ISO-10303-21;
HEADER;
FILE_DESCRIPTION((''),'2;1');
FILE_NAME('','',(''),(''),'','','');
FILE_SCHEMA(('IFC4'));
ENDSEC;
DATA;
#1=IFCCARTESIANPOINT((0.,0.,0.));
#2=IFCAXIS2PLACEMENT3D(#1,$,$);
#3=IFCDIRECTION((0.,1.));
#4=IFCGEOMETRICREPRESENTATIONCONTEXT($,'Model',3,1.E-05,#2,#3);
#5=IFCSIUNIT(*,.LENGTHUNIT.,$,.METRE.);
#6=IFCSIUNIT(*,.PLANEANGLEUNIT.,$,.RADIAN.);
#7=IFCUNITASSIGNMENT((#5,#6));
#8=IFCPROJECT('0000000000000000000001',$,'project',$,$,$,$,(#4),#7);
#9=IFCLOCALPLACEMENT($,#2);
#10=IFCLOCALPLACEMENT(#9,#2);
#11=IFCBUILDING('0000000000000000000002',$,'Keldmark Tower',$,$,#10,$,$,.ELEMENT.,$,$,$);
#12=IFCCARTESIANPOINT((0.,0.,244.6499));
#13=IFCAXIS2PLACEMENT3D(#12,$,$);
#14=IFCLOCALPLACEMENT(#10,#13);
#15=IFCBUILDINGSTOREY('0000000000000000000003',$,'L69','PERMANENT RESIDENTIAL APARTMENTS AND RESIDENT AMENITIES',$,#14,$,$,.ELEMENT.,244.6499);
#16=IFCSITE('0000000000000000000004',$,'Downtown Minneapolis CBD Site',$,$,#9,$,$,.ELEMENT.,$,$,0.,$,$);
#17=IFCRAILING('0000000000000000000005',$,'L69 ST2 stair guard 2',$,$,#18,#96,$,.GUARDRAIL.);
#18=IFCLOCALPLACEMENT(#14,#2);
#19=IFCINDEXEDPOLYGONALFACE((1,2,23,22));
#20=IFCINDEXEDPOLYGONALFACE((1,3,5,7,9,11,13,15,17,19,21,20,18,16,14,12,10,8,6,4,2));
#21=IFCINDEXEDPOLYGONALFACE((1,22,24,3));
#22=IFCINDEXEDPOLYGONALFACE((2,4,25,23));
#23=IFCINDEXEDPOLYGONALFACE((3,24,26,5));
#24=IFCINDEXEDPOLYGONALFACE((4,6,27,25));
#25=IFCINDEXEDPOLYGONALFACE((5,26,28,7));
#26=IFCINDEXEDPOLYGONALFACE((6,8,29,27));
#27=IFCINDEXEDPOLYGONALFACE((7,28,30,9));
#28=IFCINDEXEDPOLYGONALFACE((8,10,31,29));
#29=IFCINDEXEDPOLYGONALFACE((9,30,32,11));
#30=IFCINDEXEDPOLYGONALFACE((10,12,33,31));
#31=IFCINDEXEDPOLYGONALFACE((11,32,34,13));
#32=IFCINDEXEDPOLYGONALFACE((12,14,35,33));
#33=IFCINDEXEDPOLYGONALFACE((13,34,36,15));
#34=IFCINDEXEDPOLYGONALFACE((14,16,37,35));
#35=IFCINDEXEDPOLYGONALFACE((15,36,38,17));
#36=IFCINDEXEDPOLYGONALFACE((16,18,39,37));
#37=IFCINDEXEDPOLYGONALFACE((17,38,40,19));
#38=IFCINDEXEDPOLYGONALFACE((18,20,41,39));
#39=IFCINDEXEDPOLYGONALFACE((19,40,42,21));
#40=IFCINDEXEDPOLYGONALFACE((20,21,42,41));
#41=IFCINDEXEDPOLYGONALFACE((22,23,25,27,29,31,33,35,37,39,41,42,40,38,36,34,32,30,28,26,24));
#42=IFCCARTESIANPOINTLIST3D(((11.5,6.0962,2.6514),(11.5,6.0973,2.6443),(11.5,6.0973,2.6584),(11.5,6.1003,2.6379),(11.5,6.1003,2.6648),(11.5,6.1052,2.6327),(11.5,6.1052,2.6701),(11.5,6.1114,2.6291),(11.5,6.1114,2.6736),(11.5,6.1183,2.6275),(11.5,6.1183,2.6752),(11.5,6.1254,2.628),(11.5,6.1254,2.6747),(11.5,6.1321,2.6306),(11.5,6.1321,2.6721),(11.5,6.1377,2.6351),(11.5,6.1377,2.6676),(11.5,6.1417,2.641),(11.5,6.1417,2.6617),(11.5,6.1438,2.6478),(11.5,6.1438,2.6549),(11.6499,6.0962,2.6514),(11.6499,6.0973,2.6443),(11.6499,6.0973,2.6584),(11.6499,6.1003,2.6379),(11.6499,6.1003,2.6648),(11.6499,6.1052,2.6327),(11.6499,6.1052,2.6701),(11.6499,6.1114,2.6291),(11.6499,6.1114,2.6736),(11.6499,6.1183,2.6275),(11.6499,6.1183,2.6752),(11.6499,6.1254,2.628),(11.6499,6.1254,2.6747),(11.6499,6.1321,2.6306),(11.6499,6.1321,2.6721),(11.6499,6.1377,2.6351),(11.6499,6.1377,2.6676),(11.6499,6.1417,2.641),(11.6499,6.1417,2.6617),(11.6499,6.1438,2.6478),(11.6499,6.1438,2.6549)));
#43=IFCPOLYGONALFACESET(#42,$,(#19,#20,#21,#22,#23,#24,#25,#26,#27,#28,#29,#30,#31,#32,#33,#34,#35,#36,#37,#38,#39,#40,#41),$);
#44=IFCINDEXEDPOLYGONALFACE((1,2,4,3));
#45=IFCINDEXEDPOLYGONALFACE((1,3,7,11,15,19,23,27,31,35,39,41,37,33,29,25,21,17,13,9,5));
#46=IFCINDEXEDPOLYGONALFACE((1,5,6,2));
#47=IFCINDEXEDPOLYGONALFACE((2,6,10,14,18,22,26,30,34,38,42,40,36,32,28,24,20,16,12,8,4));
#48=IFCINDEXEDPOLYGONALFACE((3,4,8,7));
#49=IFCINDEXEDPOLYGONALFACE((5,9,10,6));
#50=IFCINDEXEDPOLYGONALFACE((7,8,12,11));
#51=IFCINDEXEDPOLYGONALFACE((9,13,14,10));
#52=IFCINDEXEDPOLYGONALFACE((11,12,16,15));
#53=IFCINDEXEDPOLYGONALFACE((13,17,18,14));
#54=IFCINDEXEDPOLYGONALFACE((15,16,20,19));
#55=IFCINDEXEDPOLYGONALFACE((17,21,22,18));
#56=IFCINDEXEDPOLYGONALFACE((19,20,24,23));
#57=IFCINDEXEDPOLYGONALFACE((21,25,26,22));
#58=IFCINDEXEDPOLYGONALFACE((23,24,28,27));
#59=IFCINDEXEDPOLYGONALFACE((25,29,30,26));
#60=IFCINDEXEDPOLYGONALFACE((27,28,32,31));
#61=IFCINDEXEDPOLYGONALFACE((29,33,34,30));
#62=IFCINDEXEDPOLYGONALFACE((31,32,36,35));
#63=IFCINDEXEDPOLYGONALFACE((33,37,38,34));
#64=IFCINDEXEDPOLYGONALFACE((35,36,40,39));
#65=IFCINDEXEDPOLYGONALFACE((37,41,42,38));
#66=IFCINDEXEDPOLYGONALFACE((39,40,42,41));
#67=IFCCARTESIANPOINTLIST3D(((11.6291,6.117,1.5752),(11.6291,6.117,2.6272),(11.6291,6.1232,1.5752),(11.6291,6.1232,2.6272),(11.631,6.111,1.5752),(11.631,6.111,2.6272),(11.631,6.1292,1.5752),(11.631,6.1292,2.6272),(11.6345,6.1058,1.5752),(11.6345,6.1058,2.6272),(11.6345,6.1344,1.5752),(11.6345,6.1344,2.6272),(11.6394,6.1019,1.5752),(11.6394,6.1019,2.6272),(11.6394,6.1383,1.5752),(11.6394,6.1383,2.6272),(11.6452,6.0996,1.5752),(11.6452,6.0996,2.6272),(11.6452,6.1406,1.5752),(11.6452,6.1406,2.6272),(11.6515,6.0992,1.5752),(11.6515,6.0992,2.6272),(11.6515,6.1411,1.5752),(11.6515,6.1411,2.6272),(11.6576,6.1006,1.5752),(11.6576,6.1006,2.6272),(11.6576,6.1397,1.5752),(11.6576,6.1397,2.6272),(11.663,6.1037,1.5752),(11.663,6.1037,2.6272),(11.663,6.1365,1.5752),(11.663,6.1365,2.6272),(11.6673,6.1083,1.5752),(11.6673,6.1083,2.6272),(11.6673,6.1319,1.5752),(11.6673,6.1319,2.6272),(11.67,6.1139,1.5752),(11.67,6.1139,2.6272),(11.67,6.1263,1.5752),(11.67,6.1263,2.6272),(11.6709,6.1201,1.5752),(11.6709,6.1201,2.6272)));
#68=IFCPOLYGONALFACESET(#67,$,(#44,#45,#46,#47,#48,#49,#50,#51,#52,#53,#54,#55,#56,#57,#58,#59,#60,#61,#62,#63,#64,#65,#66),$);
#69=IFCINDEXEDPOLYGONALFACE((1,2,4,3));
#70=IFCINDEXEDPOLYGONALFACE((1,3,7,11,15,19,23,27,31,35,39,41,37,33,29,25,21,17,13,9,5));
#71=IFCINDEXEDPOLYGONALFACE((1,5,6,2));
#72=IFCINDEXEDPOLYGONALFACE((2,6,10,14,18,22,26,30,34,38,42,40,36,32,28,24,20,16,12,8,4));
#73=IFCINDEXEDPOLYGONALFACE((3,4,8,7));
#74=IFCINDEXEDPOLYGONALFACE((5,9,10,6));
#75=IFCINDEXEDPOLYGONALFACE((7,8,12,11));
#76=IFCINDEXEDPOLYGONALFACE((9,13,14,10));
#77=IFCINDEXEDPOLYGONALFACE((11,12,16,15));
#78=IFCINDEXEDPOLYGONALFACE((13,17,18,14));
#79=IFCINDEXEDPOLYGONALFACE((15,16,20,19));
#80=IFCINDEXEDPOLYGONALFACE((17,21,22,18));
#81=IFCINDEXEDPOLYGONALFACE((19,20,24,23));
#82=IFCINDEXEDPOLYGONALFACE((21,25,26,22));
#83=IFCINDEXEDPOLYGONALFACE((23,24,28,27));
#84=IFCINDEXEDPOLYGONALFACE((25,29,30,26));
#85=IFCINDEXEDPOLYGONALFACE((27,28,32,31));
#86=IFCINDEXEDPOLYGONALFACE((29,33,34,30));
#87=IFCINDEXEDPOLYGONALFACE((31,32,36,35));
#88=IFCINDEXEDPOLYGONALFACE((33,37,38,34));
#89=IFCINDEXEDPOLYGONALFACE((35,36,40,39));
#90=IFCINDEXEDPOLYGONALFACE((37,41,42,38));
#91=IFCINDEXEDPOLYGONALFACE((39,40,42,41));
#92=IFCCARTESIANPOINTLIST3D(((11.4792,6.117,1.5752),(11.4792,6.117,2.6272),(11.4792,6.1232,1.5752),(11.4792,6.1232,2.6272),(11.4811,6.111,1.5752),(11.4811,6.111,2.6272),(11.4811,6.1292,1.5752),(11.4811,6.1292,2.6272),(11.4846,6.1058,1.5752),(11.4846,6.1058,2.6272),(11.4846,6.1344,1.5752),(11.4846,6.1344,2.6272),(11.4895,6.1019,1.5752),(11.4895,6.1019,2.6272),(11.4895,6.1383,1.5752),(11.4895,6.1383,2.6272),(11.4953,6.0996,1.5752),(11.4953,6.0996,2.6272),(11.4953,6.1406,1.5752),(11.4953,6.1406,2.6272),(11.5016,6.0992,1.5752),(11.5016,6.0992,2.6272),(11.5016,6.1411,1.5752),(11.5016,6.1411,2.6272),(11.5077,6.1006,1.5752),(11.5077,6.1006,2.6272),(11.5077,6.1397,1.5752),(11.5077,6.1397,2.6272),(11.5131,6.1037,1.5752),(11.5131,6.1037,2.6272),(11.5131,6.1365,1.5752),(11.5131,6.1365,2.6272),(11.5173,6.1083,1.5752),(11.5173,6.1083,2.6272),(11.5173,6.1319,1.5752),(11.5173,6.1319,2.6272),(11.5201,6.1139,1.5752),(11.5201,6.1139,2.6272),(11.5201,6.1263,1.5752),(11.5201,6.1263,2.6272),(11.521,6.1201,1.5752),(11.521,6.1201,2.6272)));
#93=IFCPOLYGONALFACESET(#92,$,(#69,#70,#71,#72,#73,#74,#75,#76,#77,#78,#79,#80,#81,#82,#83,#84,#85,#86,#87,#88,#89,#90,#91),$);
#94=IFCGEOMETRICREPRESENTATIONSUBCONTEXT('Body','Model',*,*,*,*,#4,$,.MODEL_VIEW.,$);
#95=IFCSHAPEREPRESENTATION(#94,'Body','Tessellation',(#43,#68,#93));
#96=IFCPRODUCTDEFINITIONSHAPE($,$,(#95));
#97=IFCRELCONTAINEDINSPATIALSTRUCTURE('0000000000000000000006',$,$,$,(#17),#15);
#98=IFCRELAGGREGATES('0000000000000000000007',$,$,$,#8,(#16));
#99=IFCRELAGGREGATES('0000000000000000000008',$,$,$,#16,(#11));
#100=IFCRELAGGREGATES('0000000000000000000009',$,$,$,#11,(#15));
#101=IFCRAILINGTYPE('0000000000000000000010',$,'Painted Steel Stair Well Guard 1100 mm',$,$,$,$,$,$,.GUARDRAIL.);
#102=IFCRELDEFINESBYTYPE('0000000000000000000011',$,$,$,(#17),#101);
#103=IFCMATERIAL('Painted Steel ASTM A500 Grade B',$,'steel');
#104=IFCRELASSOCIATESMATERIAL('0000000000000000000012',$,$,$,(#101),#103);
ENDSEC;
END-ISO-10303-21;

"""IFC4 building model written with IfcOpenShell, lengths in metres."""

from ifc_helpers import new_model, si_unit, direction, frame, origin, origin_2d, place, context, subcontext, project, spatial, circle, extrude, material, type_object, element, save


model = new_model("IFC4")

# Units and contexts
model_context = context("Model", 3, precision=1e-05, world=origin(), true_north=direction((0.0, 1.0)))
body_context = subcontext(model_context, "Body", "Model", "MODEL_VIEW")
ifc_project = project(units=[si_unit("LENGTHUNIT", "METRE"), si_unit("PLANEANGLEUNIT", "RADIAN")], contexts=[model_context])

# Site, building, storey
site_placement = place(None, origin())
site = spatial("IfcSite", under=ifc_project, at=site_placement, Name="Downtown Minneapolis CBD Site", CompositionType="ELEMENT", RefElevation=0.0)
building_placement = place(site_placement, origin())
building = spatial("IfcBuilding", under=site, at=building_placement, Name="Keldmark Tower", CompositionType="ELEMENT")
storey_placement = place(building_placement, frame((0.0, 0.0, 244.6499)))
storey = spatial("IfcBuildingStorey", under=building, at=storey_placement, Name="L69", Description="PERMANENT RESIDENTIAL APARTMENTS AND RESIDENT AMENITIES", CompositionType="ELEMENT", Elevation=244.6499)

# Railing
ifc_material_1 = material(Name="Painted Steel ASTM A500 Grade B", Category="steel")
railing_type_1 = type_object("IfcRailingType", Name="Painted Steel Stair Well Guard 1100 mm", PredefinedType="GUARDRAIL", material=ifc_material_1)
railing_1_placement = place(storey_placement, frame((11.6499, 6.1201, 1.5752)))
element("IfcRailing", 1, at=railing_1_placement, inside=storey, type_object=railing_type_1, Name="L69 ST2 stair guard 2", PredefinedType="GUARDRAIL", context=body_context, shape_type="SweptSolid", body=[
    extrude(circle(Radius=0.0239, at=origin_2d()), frame((0.0, 0.0, 1.0762), z_axis=(-1.0, 0.0, 0.0), x_axis=(0.0, -1.0, 0.0)), (0.0, 0.0, 1.0), 0.1499),
    extrude(circle(Radius=0.021, at=origin_2d()), origin(), (0.0, 0.0, 1.0), 1.052),
    extrude(circle(Radius=0.021, at=origin_2d()), frame((-0.1499, 0.0, 0.0)), (0.0, 0.0, 1.0), 1.052),
])

save(model, "model.ifc")
